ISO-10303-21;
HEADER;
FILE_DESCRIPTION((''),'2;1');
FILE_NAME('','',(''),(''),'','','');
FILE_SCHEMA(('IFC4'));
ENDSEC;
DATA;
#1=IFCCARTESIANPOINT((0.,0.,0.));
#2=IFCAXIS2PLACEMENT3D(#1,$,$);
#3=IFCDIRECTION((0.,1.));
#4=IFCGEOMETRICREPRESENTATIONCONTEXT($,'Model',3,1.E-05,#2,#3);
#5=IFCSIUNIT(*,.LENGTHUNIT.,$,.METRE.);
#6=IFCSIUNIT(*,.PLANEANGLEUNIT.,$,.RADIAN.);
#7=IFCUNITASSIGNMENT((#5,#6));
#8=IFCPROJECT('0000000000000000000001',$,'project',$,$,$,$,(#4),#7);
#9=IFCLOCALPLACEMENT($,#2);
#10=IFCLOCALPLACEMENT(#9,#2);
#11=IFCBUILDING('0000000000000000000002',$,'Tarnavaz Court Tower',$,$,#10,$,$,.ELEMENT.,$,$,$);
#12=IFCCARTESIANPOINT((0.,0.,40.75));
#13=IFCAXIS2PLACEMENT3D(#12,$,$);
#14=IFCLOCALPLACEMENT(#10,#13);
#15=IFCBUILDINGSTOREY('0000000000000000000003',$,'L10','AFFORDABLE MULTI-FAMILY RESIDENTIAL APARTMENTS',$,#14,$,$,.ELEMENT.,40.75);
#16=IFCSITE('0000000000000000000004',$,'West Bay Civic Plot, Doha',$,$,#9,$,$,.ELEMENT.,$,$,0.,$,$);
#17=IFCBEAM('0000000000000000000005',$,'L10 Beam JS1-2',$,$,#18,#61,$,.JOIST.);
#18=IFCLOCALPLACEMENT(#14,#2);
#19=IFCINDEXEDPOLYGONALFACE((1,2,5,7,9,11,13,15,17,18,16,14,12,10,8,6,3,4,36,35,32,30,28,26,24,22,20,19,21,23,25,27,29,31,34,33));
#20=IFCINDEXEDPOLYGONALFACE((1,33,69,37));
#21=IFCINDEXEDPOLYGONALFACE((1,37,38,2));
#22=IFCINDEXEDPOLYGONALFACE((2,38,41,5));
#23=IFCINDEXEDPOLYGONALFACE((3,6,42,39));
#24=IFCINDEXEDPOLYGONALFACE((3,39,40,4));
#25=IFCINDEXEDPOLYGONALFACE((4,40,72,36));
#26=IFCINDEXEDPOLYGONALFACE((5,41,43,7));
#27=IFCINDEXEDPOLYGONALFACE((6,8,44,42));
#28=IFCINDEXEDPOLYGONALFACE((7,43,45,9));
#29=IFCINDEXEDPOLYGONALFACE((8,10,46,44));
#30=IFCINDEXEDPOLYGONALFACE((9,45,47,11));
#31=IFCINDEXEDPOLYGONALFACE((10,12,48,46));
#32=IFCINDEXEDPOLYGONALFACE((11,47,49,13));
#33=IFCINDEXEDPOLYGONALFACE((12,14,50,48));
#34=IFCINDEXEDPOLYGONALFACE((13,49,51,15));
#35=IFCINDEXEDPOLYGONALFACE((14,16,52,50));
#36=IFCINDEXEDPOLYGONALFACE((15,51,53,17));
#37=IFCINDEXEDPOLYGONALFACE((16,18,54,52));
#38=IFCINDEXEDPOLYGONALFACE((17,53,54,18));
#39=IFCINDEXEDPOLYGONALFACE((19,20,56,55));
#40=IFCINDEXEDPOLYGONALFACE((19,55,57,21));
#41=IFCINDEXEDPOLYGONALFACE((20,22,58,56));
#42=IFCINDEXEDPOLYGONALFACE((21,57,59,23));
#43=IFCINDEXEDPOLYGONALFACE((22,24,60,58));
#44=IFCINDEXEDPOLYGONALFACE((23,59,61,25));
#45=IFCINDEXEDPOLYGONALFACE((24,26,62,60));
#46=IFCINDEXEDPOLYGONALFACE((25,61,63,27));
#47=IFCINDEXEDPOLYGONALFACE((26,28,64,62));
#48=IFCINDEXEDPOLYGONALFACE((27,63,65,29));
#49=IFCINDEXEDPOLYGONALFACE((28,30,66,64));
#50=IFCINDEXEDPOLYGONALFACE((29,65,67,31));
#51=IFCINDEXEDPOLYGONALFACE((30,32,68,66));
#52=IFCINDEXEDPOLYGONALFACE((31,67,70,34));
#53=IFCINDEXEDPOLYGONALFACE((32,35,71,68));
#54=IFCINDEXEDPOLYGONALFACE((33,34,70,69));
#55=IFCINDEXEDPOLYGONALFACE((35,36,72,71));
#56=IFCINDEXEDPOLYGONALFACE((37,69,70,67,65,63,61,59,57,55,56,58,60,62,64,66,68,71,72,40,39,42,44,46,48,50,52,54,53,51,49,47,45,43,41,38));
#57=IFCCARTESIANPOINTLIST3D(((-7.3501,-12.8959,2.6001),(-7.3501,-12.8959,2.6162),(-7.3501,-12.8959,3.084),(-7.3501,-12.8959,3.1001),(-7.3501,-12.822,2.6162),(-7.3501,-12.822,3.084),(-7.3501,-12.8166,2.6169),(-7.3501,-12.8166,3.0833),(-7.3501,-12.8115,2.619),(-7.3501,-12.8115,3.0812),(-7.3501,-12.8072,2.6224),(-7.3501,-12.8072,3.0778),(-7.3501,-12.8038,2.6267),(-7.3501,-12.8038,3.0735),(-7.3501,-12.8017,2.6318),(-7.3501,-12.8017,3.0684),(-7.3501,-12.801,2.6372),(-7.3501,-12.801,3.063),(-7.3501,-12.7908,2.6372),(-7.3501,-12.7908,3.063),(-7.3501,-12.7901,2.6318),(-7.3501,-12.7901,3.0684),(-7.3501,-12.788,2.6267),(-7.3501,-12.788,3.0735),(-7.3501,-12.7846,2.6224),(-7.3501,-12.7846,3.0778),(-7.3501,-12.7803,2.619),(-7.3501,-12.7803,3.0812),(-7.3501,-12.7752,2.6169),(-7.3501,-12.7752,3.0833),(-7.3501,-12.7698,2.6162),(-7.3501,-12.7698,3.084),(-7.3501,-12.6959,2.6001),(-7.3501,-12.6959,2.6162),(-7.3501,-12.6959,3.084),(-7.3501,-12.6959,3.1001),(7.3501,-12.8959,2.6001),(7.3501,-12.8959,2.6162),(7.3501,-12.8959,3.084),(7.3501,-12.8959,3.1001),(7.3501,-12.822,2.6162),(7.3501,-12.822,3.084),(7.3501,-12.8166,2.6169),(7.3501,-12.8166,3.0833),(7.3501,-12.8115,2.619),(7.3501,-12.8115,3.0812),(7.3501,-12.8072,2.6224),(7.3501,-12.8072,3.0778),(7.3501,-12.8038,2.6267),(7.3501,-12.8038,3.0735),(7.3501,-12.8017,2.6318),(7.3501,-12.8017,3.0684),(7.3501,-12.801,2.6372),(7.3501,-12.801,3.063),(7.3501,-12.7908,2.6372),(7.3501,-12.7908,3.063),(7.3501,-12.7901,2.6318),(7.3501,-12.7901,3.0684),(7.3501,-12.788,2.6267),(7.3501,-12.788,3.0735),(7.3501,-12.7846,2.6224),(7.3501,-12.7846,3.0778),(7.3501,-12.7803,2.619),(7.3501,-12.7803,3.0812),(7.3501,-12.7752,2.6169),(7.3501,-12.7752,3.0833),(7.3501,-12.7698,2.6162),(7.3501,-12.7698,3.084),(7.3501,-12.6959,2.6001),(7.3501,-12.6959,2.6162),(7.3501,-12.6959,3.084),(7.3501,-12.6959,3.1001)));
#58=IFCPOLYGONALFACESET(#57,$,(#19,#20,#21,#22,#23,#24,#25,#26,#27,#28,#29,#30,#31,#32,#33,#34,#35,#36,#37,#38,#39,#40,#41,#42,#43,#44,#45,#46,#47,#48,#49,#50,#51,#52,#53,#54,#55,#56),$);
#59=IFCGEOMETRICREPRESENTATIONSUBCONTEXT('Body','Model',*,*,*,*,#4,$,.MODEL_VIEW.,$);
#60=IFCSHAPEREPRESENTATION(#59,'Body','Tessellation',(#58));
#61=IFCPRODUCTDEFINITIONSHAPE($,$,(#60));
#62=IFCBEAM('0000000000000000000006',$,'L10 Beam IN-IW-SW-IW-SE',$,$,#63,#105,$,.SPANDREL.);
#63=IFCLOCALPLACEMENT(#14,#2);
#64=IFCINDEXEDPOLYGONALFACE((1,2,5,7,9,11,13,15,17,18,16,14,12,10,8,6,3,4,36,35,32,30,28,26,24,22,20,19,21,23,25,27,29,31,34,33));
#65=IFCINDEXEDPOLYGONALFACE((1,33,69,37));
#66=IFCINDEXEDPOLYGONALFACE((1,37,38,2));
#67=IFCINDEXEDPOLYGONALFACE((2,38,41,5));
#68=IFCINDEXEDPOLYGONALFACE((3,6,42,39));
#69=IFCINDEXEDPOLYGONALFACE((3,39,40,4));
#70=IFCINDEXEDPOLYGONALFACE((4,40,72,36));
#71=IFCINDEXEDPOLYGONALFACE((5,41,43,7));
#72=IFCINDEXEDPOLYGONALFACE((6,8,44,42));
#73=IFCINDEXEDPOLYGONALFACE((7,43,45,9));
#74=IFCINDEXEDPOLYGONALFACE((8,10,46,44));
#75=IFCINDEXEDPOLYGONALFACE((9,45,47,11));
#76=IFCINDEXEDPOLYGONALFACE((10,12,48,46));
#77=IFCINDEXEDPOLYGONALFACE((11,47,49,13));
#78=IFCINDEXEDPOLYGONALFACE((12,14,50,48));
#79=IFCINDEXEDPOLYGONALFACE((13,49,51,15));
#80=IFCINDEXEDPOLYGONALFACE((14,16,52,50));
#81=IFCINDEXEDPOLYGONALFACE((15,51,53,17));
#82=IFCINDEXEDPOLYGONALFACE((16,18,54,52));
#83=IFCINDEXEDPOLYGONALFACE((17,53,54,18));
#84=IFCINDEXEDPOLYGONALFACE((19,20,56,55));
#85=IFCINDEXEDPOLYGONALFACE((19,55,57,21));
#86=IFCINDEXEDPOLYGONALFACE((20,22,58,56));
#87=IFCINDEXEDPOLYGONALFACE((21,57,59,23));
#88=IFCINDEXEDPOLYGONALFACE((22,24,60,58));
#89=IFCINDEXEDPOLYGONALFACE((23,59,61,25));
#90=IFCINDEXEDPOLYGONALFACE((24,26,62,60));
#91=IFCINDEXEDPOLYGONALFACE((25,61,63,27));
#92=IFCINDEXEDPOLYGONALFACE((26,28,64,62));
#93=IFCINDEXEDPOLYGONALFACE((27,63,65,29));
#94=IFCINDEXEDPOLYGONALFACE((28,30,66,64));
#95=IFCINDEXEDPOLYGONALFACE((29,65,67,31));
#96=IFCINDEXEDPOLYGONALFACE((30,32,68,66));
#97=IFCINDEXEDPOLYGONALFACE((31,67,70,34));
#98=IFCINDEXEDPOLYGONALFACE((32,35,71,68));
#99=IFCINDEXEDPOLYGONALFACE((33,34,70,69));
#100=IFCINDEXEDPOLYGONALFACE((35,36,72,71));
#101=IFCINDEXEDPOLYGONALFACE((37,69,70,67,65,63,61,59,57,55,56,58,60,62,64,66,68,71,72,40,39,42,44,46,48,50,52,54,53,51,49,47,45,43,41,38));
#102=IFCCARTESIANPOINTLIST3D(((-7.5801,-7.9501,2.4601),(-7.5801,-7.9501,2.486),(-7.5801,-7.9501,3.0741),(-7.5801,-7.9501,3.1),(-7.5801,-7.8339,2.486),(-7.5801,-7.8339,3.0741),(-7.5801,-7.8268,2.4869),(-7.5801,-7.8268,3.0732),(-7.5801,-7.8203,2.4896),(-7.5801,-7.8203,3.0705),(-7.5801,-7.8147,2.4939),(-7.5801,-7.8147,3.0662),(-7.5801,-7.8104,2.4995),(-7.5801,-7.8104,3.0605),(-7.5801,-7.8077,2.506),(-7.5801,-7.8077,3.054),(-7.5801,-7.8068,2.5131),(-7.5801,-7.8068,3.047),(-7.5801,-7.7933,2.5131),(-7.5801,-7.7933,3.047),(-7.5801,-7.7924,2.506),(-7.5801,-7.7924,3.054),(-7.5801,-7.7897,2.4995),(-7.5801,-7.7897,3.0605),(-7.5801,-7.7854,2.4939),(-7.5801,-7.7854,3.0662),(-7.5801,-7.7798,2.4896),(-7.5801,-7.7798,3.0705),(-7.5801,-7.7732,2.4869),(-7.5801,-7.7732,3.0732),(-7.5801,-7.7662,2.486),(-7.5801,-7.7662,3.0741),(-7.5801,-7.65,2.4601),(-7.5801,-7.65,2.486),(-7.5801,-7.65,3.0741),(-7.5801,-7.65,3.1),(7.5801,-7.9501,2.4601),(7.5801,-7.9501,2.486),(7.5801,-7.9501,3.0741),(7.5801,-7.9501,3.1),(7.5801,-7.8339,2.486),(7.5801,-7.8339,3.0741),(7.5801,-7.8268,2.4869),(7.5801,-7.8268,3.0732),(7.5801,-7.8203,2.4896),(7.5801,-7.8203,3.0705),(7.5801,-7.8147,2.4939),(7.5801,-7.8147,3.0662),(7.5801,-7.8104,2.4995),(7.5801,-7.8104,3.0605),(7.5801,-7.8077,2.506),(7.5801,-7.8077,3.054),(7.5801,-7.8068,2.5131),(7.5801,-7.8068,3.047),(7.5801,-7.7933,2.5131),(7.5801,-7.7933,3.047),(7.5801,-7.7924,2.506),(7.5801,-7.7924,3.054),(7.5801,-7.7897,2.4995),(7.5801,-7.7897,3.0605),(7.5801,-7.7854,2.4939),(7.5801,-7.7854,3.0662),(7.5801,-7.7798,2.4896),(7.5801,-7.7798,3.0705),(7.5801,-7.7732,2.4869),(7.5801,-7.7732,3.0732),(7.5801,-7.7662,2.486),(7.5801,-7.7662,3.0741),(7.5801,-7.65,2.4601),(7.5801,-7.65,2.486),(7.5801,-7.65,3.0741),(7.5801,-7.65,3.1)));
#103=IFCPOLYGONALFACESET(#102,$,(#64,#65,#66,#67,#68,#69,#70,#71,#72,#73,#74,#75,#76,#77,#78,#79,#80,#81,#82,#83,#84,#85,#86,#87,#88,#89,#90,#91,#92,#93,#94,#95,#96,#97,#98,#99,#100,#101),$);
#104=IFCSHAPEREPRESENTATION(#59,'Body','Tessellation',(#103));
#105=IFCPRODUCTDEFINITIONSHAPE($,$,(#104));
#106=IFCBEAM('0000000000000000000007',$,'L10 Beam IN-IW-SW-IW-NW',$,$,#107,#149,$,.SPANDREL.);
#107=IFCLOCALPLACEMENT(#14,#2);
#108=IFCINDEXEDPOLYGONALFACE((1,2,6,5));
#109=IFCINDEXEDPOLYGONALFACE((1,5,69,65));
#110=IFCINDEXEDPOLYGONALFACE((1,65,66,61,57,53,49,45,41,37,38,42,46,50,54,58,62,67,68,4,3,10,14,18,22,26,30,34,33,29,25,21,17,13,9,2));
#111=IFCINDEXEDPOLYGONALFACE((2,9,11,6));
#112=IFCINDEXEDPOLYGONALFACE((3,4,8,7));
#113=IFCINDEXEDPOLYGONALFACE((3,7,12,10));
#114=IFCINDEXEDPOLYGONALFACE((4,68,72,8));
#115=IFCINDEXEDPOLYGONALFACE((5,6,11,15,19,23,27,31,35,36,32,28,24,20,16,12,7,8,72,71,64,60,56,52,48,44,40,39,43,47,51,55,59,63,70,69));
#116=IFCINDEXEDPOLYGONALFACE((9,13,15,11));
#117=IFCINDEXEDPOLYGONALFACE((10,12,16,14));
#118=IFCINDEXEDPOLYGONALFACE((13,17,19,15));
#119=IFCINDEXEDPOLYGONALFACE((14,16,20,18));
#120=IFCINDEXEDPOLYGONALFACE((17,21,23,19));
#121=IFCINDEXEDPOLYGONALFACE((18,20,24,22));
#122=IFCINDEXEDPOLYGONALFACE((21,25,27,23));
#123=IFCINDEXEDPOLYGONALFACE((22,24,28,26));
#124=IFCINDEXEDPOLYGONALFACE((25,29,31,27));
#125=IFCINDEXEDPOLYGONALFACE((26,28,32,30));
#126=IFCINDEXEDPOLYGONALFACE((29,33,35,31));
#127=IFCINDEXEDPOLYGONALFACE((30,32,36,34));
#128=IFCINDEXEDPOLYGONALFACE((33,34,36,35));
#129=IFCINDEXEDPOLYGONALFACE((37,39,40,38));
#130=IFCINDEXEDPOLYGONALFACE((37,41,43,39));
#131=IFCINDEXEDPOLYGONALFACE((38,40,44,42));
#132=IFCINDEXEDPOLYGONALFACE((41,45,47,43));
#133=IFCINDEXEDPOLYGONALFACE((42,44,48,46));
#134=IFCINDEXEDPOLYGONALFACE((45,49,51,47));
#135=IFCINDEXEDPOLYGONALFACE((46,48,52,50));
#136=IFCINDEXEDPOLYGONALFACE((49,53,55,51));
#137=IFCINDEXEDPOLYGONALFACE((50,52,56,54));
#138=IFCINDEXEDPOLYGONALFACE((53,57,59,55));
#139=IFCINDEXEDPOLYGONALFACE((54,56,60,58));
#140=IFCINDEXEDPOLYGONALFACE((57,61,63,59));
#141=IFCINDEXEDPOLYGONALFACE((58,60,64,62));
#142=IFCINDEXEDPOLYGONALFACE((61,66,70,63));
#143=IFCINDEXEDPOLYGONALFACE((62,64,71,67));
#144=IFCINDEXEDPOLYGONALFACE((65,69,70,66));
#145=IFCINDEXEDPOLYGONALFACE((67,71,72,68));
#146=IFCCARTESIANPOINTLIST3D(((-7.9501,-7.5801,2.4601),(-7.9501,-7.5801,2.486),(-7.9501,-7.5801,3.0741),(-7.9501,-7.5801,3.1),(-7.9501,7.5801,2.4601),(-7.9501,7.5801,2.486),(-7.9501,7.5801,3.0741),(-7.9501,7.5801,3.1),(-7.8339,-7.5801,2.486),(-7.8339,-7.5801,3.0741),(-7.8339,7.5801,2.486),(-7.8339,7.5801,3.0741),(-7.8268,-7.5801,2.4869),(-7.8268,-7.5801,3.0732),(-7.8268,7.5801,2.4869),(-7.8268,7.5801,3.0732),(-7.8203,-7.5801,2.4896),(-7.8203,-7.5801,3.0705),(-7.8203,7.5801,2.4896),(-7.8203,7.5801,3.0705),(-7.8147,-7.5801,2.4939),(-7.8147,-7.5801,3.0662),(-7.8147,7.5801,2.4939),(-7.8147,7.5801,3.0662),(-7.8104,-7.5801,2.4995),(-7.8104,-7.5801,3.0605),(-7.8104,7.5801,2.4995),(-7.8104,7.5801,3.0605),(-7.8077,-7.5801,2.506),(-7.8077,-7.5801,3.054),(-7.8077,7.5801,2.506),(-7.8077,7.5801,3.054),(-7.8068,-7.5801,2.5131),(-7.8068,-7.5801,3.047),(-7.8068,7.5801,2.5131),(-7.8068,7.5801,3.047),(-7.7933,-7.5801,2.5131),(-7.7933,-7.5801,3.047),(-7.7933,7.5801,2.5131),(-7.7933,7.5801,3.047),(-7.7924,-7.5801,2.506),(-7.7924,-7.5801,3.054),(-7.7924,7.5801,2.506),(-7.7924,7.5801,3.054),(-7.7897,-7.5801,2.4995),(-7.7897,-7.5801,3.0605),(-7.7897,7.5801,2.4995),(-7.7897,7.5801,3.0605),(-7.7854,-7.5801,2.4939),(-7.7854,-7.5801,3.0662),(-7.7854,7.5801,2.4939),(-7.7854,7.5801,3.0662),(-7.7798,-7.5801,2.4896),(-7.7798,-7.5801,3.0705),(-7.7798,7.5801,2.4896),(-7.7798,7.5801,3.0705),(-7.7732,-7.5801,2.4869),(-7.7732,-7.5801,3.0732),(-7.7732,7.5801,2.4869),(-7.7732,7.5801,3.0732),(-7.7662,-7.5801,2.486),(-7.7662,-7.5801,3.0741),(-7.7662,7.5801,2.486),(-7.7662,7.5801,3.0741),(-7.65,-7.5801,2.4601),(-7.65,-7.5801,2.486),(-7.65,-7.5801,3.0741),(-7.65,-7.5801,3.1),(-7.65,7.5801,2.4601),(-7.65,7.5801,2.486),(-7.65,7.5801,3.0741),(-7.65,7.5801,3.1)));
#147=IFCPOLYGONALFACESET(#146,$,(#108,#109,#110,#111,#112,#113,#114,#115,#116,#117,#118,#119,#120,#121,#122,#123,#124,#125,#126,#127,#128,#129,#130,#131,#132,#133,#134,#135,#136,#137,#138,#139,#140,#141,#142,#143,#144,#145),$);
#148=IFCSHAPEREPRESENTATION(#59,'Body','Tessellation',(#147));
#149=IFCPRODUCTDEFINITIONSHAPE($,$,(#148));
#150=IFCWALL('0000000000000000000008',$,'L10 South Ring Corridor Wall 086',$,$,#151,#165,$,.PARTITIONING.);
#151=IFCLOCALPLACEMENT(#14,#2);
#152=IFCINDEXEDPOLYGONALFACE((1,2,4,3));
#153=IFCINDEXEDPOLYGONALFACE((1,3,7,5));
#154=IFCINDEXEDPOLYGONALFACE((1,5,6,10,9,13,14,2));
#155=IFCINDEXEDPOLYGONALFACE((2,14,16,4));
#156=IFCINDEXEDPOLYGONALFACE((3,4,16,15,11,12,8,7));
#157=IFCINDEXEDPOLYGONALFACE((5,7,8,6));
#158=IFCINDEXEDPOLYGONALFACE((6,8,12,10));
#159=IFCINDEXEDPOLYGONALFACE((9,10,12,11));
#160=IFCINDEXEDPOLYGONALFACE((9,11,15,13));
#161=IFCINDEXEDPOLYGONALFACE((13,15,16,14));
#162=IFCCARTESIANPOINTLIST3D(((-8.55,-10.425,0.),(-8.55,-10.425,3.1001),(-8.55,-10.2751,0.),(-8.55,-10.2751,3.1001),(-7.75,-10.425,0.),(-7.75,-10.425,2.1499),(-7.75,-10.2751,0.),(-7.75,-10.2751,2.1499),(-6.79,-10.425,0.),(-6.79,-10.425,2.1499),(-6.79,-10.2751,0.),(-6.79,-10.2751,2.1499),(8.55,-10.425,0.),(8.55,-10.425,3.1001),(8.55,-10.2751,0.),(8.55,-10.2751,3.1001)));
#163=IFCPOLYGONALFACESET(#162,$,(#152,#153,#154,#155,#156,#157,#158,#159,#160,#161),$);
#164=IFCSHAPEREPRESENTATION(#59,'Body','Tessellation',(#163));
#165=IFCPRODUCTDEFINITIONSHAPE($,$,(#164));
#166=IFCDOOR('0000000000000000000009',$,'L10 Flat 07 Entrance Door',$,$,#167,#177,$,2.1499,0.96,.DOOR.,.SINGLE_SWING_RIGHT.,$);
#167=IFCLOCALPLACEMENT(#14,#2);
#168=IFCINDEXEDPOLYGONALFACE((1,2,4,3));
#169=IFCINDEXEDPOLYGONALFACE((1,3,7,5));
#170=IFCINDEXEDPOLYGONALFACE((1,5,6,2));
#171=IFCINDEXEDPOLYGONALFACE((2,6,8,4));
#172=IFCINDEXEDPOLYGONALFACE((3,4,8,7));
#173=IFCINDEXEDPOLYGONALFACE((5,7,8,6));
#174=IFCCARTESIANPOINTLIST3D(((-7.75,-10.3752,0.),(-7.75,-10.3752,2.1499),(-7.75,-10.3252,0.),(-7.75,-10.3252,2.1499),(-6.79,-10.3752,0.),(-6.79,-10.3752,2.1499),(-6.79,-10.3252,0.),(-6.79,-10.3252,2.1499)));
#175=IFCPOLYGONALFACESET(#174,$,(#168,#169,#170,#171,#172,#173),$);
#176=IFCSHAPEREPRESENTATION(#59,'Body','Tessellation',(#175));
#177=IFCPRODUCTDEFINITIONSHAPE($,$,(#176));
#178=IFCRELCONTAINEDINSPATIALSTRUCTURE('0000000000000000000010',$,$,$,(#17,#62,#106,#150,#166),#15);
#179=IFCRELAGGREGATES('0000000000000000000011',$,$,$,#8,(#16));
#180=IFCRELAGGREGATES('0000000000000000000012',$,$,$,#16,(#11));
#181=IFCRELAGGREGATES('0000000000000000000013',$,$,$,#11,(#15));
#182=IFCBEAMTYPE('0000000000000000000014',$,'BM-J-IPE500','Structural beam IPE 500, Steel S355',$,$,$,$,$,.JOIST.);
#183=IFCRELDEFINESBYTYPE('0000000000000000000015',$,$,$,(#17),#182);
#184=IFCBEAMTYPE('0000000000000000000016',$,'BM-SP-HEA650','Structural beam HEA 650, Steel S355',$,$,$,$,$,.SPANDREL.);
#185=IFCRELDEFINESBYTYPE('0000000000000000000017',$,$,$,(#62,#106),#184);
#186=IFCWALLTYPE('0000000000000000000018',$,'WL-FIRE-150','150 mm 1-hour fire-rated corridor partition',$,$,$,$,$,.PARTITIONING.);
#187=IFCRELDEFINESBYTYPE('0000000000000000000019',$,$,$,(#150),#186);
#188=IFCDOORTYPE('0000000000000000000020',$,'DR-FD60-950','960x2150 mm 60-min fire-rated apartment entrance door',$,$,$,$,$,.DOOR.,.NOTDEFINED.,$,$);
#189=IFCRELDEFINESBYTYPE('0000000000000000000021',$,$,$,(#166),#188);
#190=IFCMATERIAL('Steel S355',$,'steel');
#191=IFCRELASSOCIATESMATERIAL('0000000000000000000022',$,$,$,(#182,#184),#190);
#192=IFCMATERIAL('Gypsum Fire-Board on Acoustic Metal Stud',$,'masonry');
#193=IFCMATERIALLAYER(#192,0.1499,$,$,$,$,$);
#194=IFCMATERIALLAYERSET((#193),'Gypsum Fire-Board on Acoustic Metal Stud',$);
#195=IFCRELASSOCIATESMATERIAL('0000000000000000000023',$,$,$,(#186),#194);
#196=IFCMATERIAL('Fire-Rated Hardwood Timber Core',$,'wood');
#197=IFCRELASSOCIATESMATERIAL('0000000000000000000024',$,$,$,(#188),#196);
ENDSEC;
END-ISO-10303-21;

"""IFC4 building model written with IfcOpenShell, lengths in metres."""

from ifc_helpers import new_model, si_unit, direction, frame, frame_2d, origin, origin_2d, place, context, subcontext, project, spatial, rectangle, i_section, extrude, material, layer, layer_set, material_profile, profile_set, type_object, element, fill, save


model = new_model("IFC4")

# Units and contexts
model_context = context("Model", 3, precision=1e-05, world=origin(), true_north=direction((0.0, 1.0)))
body_context = subcontext(model_context, "Body", "Model", "MODEL_VIEW")
ifc_project = project(units=[si_unit("LENGTHUNIT", "METRE"), si_unit("PLANEANGLEUNIT", "RADIAN")], contexts=[model_context])

# Site, building, storey
site_placement = place(None, origin())
site = spatial("IfcSite", under=ifc_project, at=site_placement, Name="West Bay Civic Plot, Doha", CompositionType="ELEMENT", RefElevation=0.0)
building_placement = place(site_placement, origin())
building = spatial("IfcBuilding", under=site, at=building_placement, Name="Tarnavaz Court Tower", CompositionType="ELEMENT")
storey_placement = place(building_placement, frame((0.0, 0.0, 40.75)))
storey = spatial("IfcBuildingStorey", under=building, at=storey_placement, Name="L10", Description="AFFORDABLE MULTI-FAMILY RESIDENTIAL APARTMENTS", CompositionType="ELEMENT", Elevation=40.75)

# Beams
ifc_material_1 = material(Name="Steel S355", Category="steel")
ifc_material_profile_1 = material_profile(ifc_material_1, i_section(OverallWidth=0.2, OverallDepth=0.5, WebThickness=0.0103, FlangeThickness=0.0161, FilletRadius=0.021, at=origin_2d()), Name="IPE 500")
ifc_profile_set_1 = profile_set([ifc_material_profile_1], Name="Steel S355")
beam_type_1 = type_object("IfcBeamType", Name="BM-J-IPE500", Description="Structural beam IPE 500, Steel S355", PredefinedType="JOIST", material=ifc_profile_set_1)
beam_1_placement = place(storey_placement, frame((-7.3501, -12.7959, 2.8501), z_axis=(1.0, 0.0, 0.0), x_axis=(0.0, 1.0, 0.0)))
element("IfcBeam", 1, at=beam_1_placement, inside=storey, type_object=beam_type_1, Name="L10 Beam JS1-2", PredefinedType="JOIST", context=body_context, shape_type="SweptSolid", body=[
    extrude(i_section(OverallWidth=0.2, OverallDepth=0.5, WebThickness=0.0103, FlangeThickness=0.0161, FilletRadius=0.021, at=origin_2d()), origin(), (0.0, 0.0, 1.0), 14.7002),
])
ifc_material_profile_2 = material_profile(ifc_material_1, i_section(OverallWidth=0.3, OverallDepth=0.6399, WebThickness=0.0134, FlangeThickness=0.0259, FilletRadius=0.0271, at=origin_2d()), Name="HEA 650")
ifc_profile_set_2 = profile_set([ifc_material_profile_2], Name="Steel S355")
beam_type_2 = type_object("IfcBeamType", Name="BM-SP-HEA650", Description="Structural beam HEA 650, Steel S355", PredefinedType="SPANDREL", material=ifc_profile_set_2)
for number, where, z_axis, x_axis, name in (
    (2, (-7.5801, -7.8, 2.78), (1.0, 0.0, 0.0), (0.0, 1.0, 0.0), "L10 Beam IN-IW-SW-IW-SE"),
    (3, (-7.8, -7.5801, 2.78), (0.0, 1.0, 0.0), (-1.0, 0.0, 0.0), "L10 Beam IN-IW-SW-IW-NW"),
):
    element("IfcBeam", number, at=place(storey_placement, frame(where, z_axis=z_axis, x_axis=x_axis)), inside=storey, type_object=beam_type_2, Name=name, PredefinedType="SPANDREL", context=body_context, shape_type="SweptSolid", body=[
        extrude(i_section(OverallWidth=0.3, OverallDepth=0.6399, WebThickness=0.0134, FlangeThickness=0.0259, FilletRadius=0.0271, at=origin_2d()), origin(), (0.0, 0.0, 1.0), 15.1602),
    ])

# Wall, opening, door
ifc_material_2 = material(Name="Gypsum Fire-Board on Acoustic Metal Stud", Category="masonry")
ifc_layer_1 = layer(ifc_material_2, 0.1499)
ifc_layer_set_1 = layer_set([ifc_layer_1], Name="Gypsum Fire-Board on Acoustic Metal Stud")
wall_type_1 = type_object("IfcWallType", Name="WL-FIRE-150", Description="150 mm 1-hour fire-rated corridor partition", PredefinedType="PARTITIONING", material=ifc_layer_set_1)
wall_1_placement = place(storey_placement, frame((-8.55, -10.3501, 0.0), z_axis=(0.0, 0.0, 1.0), x_axis=(1.0, 0.0, 0.0)))
wall_1 = element("IfcWall", 4, at=wall_1_placement, inside=storey, type_object=wall_type_1, Name="L10 South Ring Corridor Wall 086", PredefinedType="PARTITIONING", context=body_context, shape_type="SweptSolid", body=[
    extrude(rectangle(XDim=17.1001, YDim=0.1499, at=frame_2d((8.55, 0.0))), origin(), (0.0, 0.0, 1.0), 3.1001),
])
opening_1_placement = place(wall_1_placement, frame((0.8, 0.0, 0.0)))
opening_1 = element("IfcOpeningElement", 5, at=opening_1_placement, cuts=wall_1, PredefinedType="OPENING", context=body_context, shape_type="SweptSolid", body=[
    extrude(rectangle(XDim=0.96, YDim=2.1499, at=frame_2d((0.48, 1.075))), frame((0.0, 0.085, 0.0), z_axis=(0.0, -1.0, 0.0), x_axis=(1.0, 0.0, 0.0)), (0.0, 0.0, 1.0), 0.1699),
])
ifc_material_3 = material(Name="Fire-Rated Hardwood Timber Core", Category="wood")
door_type_1 = type_object("IfcDoorType", Name="DR-FD60-950", Description="960x2150 mm 60-min fire-rated apartment entrance door", OperationType="NOTDEFINED", PredefinedType="DOOR", material=ifc_material_3)
door_1_placement = place(opening_1_placement, origin())
door_1 = element("IfcDoor", 6, at=door_1_placement, inside=storey, type_object=door_type_1, Name="L10 Flat 07 Entrance Door", OperationType="SINGLE_SWING_RIGHT", OverallHeight=2.1499, OverallWidth=0.96, PredefinedType="DOOR", context=body_context, shape_type="SweptSolid", body=[
    extrude(rectangle(XDim=0.96, YDim=2.1499, at=frame_2d((0.48, 1.075))), frame((0.0, 0.0249, 0.0), z_axis=(0.0, -1.0, 0.0), x_axis=(1.0, 0.0, 0.0)), (0.0, 0.0, 1.0), 0.05),
])
fill(opening_1, door_1)

save(model, "model.ifc")
